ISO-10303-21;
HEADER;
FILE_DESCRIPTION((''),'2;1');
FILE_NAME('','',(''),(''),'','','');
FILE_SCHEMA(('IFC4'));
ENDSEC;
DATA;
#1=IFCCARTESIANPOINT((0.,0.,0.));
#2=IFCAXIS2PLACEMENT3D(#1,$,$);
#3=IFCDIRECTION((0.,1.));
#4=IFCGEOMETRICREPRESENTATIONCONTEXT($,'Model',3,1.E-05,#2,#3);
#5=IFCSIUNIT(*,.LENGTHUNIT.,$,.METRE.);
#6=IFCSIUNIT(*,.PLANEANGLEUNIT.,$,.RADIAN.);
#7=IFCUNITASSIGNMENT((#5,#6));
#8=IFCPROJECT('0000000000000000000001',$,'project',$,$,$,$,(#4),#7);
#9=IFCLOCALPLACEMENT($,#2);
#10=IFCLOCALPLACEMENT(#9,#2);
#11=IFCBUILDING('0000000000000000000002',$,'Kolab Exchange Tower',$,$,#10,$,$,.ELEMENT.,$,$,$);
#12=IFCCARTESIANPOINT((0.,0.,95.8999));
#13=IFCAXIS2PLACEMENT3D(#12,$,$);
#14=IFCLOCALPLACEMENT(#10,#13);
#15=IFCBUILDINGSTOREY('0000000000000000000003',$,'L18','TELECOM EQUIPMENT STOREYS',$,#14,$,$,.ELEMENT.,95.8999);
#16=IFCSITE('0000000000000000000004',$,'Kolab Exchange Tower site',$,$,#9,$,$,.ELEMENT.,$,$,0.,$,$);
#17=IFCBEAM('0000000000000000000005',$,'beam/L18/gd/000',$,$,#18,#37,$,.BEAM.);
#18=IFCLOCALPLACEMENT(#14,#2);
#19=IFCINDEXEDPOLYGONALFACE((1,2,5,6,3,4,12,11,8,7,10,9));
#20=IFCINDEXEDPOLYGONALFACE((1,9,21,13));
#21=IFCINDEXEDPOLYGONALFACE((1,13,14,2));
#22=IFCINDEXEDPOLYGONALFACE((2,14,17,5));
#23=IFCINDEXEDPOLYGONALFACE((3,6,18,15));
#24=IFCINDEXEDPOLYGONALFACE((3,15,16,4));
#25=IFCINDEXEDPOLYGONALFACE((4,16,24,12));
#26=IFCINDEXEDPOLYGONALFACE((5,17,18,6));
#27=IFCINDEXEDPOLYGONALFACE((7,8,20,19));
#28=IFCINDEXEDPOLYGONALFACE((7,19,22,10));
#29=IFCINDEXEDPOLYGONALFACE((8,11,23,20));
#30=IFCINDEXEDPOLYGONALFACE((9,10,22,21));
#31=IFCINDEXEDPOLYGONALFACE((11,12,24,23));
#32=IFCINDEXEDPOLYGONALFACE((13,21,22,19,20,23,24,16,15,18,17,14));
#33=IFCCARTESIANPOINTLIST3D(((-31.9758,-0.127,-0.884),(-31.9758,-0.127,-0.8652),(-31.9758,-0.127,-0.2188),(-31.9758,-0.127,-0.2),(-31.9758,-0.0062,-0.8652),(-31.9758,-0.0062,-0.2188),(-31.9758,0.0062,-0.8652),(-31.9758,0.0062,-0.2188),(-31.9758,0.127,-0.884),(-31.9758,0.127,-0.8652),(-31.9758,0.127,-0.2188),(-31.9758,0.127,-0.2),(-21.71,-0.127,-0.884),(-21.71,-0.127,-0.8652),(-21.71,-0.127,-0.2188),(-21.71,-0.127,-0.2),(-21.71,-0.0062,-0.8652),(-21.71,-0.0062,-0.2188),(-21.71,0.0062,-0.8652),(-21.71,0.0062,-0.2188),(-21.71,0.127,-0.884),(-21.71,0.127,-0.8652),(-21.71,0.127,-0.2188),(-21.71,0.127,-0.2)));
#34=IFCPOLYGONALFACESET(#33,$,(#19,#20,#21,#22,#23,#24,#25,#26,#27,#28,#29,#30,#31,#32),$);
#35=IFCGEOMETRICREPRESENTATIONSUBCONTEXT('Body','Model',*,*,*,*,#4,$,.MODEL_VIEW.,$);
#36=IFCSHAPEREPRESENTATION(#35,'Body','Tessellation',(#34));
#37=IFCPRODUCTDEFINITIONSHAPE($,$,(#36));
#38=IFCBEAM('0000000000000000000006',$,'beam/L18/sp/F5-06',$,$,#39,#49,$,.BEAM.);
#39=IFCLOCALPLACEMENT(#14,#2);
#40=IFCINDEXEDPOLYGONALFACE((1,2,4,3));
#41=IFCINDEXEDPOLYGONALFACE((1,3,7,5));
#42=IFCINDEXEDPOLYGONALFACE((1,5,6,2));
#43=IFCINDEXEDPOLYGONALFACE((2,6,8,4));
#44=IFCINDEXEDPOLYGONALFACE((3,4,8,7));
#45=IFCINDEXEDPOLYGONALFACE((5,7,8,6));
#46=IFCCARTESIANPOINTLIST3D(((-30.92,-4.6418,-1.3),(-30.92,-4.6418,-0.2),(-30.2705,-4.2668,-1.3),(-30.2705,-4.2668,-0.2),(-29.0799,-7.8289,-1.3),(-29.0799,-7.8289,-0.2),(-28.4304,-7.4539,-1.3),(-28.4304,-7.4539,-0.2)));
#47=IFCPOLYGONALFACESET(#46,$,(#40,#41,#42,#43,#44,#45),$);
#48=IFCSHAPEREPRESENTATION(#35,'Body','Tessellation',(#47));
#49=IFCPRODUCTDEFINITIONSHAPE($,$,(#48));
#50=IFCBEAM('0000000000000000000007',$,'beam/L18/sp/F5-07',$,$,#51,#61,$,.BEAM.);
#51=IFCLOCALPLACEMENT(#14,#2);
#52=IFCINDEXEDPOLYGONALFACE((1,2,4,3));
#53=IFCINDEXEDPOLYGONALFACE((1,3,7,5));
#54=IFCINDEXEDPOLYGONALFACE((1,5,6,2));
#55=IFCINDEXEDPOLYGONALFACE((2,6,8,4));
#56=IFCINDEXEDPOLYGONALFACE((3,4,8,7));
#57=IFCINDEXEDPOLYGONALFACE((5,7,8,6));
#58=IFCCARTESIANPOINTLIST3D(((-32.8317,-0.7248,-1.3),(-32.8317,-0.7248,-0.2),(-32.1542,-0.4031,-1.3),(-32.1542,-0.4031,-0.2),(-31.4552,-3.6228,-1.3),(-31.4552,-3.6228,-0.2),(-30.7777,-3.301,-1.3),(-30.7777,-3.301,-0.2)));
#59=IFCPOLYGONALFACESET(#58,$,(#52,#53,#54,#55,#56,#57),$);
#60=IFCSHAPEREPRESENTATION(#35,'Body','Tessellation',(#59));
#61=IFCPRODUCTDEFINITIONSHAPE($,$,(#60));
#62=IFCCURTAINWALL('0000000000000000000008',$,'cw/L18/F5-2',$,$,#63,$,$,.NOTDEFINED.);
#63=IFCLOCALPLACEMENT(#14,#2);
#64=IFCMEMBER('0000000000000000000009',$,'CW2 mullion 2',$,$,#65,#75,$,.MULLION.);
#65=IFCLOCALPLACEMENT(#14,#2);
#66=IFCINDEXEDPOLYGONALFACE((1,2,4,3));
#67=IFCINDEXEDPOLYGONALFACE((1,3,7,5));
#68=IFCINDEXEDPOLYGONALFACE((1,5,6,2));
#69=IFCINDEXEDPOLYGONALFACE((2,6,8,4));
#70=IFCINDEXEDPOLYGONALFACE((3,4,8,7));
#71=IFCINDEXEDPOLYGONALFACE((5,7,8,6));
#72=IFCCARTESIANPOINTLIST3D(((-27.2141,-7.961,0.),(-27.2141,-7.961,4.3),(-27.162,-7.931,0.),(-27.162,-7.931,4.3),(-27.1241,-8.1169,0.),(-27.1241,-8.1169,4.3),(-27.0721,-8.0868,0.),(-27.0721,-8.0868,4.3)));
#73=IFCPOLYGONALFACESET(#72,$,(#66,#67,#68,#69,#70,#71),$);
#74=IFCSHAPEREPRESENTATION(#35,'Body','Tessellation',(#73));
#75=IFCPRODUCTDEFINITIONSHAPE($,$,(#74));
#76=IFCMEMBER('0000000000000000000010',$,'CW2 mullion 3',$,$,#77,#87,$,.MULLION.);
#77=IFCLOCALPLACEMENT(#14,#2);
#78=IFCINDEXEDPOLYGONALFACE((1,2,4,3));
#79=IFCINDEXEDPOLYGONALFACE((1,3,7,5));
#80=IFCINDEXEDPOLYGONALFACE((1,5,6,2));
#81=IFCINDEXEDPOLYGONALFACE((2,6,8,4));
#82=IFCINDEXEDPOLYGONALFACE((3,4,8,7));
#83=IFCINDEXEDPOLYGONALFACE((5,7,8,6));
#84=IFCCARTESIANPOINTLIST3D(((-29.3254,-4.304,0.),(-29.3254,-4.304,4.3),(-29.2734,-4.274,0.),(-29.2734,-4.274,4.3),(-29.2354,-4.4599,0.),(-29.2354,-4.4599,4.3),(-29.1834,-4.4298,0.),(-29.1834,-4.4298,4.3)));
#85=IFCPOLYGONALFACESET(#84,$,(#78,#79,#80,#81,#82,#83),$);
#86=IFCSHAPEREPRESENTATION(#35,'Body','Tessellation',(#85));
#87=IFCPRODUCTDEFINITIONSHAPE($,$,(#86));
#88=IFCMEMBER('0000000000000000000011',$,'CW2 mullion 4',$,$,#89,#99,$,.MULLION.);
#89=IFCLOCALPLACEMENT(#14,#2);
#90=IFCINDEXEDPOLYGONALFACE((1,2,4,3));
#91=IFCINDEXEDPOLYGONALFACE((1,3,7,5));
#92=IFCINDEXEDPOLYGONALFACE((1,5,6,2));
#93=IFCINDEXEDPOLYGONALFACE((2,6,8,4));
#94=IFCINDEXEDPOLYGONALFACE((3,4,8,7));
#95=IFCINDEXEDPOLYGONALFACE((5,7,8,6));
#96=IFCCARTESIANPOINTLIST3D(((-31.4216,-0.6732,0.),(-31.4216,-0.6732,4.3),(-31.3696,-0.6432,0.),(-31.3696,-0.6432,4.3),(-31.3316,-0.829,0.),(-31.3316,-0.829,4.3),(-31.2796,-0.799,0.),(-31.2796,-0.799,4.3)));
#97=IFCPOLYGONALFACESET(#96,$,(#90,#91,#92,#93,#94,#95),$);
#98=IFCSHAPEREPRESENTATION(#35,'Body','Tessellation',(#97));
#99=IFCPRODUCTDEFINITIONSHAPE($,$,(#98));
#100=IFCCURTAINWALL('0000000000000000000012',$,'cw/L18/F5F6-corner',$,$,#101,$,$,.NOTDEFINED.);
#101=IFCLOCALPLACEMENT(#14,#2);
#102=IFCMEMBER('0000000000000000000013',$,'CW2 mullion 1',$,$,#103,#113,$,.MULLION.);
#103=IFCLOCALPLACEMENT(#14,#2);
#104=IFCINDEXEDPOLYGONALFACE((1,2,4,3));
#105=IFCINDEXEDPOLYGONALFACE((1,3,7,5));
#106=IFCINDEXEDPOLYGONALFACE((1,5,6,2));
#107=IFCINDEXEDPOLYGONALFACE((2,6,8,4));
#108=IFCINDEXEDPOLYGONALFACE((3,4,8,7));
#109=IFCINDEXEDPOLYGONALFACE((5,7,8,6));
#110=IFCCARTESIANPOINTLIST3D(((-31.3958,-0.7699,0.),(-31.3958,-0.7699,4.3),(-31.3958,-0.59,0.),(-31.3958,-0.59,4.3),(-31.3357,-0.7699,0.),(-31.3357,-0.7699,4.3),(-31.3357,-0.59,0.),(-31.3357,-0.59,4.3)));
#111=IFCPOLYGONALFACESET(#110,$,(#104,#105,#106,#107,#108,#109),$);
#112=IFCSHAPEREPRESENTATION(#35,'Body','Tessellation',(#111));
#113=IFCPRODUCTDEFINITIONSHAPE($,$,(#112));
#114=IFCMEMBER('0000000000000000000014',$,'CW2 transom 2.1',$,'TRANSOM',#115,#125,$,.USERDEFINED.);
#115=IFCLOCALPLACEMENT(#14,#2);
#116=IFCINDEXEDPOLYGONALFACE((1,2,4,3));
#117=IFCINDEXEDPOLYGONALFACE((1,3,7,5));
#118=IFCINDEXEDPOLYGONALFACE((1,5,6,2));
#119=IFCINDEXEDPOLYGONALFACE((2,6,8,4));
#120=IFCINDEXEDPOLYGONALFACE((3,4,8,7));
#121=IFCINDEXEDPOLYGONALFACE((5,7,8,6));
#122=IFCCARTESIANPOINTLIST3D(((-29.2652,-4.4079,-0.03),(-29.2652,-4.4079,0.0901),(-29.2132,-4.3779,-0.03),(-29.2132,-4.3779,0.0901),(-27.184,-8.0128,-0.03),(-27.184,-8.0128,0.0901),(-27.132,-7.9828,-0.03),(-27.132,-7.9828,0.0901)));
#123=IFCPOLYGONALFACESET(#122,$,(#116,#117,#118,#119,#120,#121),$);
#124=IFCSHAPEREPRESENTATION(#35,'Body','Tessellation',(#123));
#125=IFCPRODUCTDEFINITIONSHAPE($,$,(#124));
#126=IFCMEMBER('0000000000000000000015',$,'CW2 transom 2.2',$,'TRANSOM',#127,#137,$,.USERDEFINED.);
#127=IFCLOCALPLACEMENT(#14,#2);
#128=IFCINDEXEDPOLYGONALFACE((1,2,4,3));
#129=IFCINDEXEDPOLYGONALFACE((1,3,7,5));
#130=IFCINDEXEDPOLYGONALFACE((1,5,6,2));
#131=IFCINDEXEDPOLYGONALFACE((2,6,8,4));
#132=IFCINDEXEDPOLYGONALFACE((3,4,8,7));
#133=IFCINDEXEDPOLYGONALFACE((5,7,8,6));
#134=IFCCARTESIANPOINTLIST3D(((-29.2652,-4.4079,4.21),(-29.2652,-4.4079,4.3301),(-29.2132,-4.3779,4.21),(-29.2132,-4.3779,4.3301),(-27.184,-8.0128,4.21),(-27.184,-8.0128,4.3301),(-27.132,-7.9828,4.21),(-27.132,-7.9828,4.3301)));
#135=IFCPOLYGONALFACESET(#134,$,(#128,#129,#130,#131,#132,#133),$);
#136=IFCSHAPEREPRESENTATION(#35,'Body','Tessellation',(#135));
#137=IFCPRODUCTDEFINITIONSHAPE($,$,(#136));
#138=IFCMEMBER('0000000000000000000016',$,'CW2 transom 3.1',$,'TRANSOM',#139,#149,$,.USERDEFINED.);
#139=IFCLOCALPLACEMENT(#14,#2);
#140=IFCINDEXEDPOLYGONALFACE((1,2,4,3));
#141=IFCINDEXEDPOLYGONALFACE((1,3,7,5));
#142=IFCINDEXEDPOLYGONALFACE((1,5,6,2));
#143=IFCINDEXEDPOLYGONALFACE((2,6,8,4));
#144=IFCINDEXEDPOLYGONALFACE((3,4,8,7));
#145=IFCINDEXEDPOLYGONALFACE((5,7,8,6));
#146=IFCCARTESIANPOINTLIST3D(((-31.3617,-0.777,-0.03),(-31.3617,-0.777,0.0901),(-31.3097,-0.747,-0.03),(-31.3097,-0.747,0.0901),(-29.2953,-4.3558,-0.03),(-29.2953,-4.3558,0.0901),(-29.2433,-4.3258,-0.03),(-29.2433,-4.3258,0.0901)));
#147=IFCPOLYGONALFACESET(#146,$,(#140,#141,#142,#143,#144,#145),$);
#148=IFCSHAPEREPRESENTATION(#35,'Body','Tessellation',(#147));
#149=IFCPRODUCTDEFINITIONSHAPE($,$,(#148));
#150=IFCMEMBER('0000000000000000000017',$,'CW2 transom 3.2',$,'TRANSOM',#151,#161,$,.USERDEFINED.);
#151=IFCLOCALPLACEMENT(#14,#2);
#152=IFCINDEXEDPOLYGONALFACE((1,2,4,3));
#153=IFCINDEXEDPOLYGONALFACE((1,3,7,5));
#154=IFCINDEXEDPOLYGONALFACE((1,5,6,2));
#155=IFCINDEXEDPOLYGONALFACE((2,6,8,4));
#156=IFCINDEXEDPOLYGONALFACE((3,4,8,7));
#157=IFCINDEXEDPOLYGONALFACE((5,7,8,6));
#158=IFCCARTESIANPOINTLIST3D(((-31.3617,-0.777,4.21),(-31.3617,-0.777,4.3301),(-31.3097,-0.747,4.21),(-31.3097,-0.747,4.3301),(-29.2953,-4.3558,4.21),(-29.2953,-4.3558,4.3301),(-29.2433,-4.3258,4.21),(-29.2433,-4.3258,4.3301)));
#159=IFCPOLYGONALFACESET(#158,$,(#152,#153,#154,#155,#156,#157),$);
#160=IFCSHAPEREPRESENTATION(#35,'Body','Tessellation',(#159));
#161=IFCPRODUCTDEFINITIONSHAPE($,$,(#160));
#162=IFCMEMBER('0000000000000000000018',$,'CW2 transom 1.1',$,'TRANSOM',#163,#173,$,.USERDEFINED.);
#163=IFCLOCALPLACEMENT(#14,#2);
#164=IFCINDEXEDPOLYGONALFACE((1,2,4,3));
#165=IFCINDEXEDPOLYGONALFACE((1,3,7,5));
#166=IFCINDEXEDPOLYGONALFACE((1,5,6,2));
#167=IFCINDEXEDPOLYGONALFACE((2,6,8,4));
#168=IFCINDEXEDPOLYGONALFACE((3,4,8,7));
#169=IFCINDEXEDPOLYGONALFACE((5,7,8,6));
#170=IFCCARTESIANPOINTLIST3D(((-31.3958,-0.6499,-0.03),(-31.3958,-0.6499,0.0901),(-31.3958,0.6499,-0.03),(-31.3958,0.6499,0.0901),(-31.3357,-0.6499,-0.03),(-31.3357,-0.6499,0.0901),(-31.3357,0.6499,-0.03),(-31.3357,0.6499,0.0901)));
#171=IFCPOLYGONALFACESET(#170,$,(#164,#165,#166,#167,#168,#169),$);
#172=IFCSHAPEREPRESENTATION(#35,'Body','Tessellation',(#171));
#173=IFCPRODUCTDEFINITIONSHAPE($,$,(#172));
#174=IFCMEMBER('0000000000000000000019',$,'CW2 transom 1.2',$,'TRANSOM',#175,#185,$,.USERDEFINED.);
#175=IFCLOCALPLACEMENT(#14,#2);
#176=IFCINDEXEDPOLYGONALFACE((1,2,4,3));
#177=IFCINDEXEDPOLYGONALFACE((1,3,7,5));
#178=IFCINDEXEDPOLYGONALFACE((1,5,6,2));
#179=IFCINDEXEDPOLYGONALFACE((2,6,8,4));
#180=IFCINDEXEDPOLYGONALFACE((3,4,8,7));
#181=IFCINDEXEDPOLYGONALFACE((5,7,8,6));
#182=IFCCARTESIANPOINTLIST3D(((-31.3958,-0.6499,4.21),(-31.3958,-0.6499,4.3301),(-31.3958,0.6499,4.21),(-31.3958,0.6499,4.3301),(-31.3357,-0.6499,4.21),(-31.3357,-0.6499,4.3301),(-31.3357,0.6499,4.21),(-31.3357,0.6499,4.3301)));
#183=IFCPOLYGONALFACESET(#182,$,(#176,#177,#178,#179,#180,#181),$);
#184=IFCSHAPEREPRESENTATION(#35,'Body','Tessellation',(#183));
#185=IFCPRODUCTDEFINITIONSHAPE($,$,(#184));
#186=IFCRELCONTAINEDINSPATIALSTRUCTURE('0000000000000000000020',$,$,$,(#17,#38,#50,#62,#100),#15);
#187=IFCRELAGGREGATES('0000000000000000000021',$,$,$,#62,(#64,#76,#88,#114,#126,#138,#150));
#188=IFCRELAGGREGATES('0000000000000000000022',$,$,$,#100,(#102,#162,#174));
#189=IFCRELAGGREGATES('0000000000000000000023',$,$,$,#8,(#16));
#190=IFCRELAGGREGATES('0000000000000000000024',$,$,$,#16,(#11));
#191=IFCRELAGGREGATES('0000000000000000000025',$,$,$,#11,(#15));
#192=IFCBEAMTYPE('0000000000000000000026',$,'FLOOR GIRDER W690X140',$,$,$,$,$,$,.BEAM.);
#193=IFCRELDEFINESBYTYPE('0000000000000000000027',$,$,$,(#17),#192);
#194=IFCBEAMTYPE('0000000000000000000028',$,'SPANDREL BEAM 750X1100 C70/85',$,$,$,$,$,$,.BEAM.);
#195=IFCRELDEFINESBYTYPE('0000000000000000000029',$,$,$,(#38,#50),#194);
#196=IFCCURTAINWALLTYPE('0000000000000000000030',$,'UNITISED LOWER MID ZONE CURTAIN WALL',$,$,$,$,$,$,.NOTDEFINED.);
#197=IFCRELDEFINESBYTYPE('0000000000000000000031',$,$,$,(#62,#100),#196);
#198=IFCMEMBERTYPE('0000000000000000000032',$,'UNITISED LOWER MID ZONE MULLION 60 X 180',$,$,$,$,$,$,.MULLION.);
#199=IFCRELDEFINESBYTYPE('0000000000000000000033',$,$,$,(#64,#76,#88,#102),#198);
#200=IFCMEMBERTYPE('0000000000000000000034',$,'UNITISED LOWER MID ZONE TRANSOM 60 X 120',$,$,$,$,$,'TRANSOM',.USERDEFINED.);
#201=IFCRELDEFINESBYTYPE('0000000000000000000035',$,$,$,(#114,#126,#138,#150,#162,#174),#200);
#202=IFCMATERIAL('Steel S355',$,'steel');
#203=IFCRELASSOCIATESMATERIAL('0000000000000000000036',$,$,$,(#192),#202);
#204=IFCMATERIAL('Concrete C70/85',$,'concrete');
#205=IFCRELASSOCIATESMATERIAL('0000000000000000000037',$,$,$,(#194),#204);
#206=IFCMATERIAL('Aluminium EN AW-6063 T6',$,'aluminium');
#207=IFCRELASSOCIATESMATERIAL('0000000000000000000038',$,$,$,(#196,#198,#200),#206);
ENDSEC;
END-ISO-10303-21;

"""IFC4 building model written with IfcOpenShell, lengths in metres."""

from ifc_helpers import new_model, si_unit, direction, frame, origin, origin_2d, place, context, subcontext, project, spatial, rectangle, i_section, extrude, material, material_profile, profile_set, type_object, element, aggregate, save


model = new_model("IFC4")

# Units and contexts
model_context = context("Model", 3, precision=1e-05, world=origin(), true_north=direction((0.0, 1.0)))
body_context = subcontext(model_context, "Body", "Model", "MODEL_VIEW")
ifc_project = project(units=[si_unit("LENGTHUNIT", "METRE"), si_unit("PLANEANGLEUNIT", "RADIAN")], contexts=[model_context])

# Site, building, storey
site_placement = place(None, origin())
site = spatial("IfcSite", under=ifc_project, at=site_placement, Name="Kolab Exchange Tower site", CompositionType="ELEMENT", RefElevation=0.0)
building_placement = place(site_placement, origin())
building = spatial("IfcBuilding", under=site, at=building_placement, Name="Kolab Exchange Tower", CompositionType="ELEMENT")
storey_placement = place(building_placement, frame((0.0, 0.0, 95.8999)))
storey = spatial("IfcBuildingStorey", under=building, at=storey_placement, Name="L18", Description="TELECOM EQUIPMENT STOREYS", CompositionType="ELEMENT", Elevation=95.8999)

# Shared definitions
ifc_material_1 = material(Name="Concrete C70/85", Category="concrete")

# Beams
ifc_material_2 = material(Name="Steel S355", Category="steel")
ifc_material_profile_1 = material_profile(ifc_material_2, i_section(OverallWidth=0.2539, OverallDepth=0.6841, WebThickness=0.0125, FlangeThickness=0.0188, at=origin_2d()), Name="W690X140")
ifc_profile_set_1 = profile_set([ifc_material_profile_1], Name="Steel S355")
beam_type_1 = type_object("IfcBeamType", Name="FLOOR GIRDER W690X140", PredefinedType="BEAM", material=ifc_profile_set_1)
beam_1_placement = place(storey_placement, frame((-31.9758, 0.0, -0.542), z_axis=(1.0, 0.0, 0.0), x_axis=(0.0, 1.0, 0.0)))
element("IfcBeam", 1, at=beam_1_placement, inside=storey, type_object=beam_type_1, Name="beam/L18/gd/000", PredefinedType="BEAM", context=body_context, shape_type="SweptSolid", body=[
    extrude(i_section(OverallWidth=0.2539, OverallDepth=0.6841, WebThickness=0.0125, FlangeThickness=0.0188, at=origin_2d()), origin(), (0.0, 0.0, 1.0), 10.2659),
])
ifc_material_profile_2 = material_profile(ifc_material_1, rectangle(XDim=0.75, YDim=1.1001, at=origin_2d()), Name="RC750X1100")
ifc_profile_set_2 = profile_set([ifc_material_profile_2], Name="Concrete C70/85")
beam_type_2 = type_object("IfcBeamType", Name="SPANDREL BEAM 750X1100 C70/85", PredefinedType="BEAM", material=ifc_profile_set_2)
beam_2_placement = place(storey_placement, frame((-28.7551, -7.6414, -0.75), z_axis=(-0.500013, 0.866018, 0.0), x_axis=(-0.866018, -0.500013, 0.0)))
element("IfcBeam", 2, at=beam_2_placement, inside=storey, type_object=beam_type_2, Name="beam/L18/sp/F5-06", PredefinedType="BEAM", context=body_context, shape_type="SweptSolid", body=[
    extrude(rectangle(XDim=0.75, YDim=1.1001, at=origin_2d()), origin(), (0.0, 0.0, 1.0), 3.6802),
])
beam_3_placement = place(storey_placement, frame((-31.1165, -3.4619, -0.75), z_axis=(-0.429041, 0.903285, 0.0), x_axis=(-0.903285, -0.429041, 0.0)))
element("IfcBeam", 3, at=beam_3_placement, inside=storey, type_object=beam_type_2, Name="beam/L18/sp/F5-07", PredefinedType="BEAM", context=body_context, shape_type="SweptSolid", body=[
    extrude(rectangle(XDim=0.75, YDim=1.1001, at=origin_2d()), origin(), (0.0, 0.0, 1.0), 3.2083),
])

# Curtain wall, members
ifc_material_3 = material(Name="Aluminium EN AW-6063 T6", Category="aluminium")
curtain_wall_type = type_object("IfcCurtainWallType", Name="UNITISED LOWER MID ZONE CURTAIN WALL", PredefinedType="NOTDEFINED", material=ifc_material_3)
curtain_wall_1_placement = place(storey_placement, origin())
curtain_wall_1 = element("IfcCurtainWall", 4, at=curtain_wall_1_placement, inside=storey, type_object=curtain_wall_type, Name="cw/L18/F5-2", PredefinedType="NOTDEFINED")
ifc_material_profile_3 = material_profile(ifc_material_3, rectangle(XDim=0.0601, YDim=0.1799, at=origin_2d()), Name="RECT 60X180")
ifc_profile_set_3 = profile_set([ifc_material_profile_3], Name="Aluminium EN AW-6063 T6")
member_type_1 = type_object("IfcMemberType", Name="UNITISED LOWER MID ZONE MULLION 60 X 180", PredefinedType="MULLION", material=ifc_profile_set_3)
member_1_placement = place(storey_placement, frame((-27.1431, -8.0239, 0.0), z_axis=(0.0, 0.0, 1.0), x_axis=(-0.866025, -0.5, 0.0)))
member_1 = element("IfcMember", 5, at=member_1_placement, type_object=member_type_1, Name="CW2 mullion 2", PredefinedType="MULLION", context=body_context, shape_type="SweptSolid", body=[
    extrude(rectangle(XDim=0.0601, YDim=0.1799, at=origin_2d()), origin(), (0.0, 0.0, 1.0), 4.3),
])
member_2_placement = place(storey_placement, frame((-29.2544, -4.3669, 0.0), z_axis=(0.0, 0.0, 1.0), x_axis=(-0.866025, -0.5, 0.0)))
member_2 = element("IfcMember", 6, at=member_2_placement, type_object=member_type_1, Name="CW2 mullion 3", PredefinedType="MULLION", context=body_context, shape_type="SweptSolid", body=[
    extrude(rectangle(XDim=0.0601, YDim=0.1799, at=origin_2d()), origin(), (0.0, 0.0, 1.0), 4.3),
])
member_3_placement = place(storey_placement, frame((-31.3506, -0.7361, 0.0), z_axis=(0.0, 0.0, 1.0), x_axis=(-0.866025, -0.5, 0.0)))
member_3 = element("IfcMember", 7, at=member_3_placement, type_object=member_type_1, Name="CW2 mullion 4", PredefinedType="MULLION", context=body_context, shape_type="SweptSolid", body=[
    extrude(rectangle(XDim=0.0601, YDim=0.1799, at=origin_2d()), origin(), (0.0, 0.0, 1.0), 4.3),
])

# Curtain wall, member
curtain_wall_2_placement = place(storey_placement, origin())
curtain_wall_2 = element("IfcCurtainWall", 8, at=curtain_wall_2_placement, inside=storey, type_object=curtain_wall_type, Name="cw/L18/F5F6-corner", PredefinedType="NOTDEFINED")
member_4_placement = place(storey_placement, frame((-31.3657, -0.6799, 0.0), z_axis=(0.0, 0.0, 1.0), x_axis=(-1.0, 0.0, 0.0)))
member_4 = element("IfcMember", 9, at=member_4_placement, type_object=member_type_1, Name="CW2 mullion 1", PredefinedType="MULLION", context=body_context, shape_type="SweptSolid", body=[
    extrude(rectangle(XDim=0.0601, YDim=0.1799, at=origin_2d()), origin(), (0.0, 0.0, 1.0), 4.3),
])

# Members
ifc_material_profile_4 = material_profile(ifc_material_3, rectangle(XDim=0.0601, YDim=0.1201, at=origin_2d()), Name="RECT 60X120")
ifc_profile_set_4 = profile_set([ifc_material_profile_4], Name="Aluminium EN AW-6063 T6")
member_type_2 = type_object("IfcMemberType", Name="UNITISED LOWER MID ZONE TRANSOM 60 X 120", ElementType="TRANSOM", PredefinedType="USERDEFINED", material=ifc_profile_set_4)
member_5_placement = place(storey_placement, frame((-27.158, -7.9978, 0.03), z_axis=(-0.499993, 0.866029, 0.0), x_axis=(-0.866029, -0.499993, 0.0)))
member_5 = element("IfcMember", 10, at=member_5_placement, type_object=member_type_2, Name="CW2 transom 2.1", ObjectType="TRANSOM", PredefinedType="USERDEFINED", context=body_context, shape_type="SweptSolid", body=[
    extrude(rectangle(XDim=0.0601, YDim=0.1201, at=origin_2d()), origin(), (0.0, 0.0, 1.0), 4.1626),
])
member_6_placement = place(storey_placement, frame((-27.158, -7.9978, 4.27), z_axis=(-0.499993, 0.866029, 0.0), x_axis=(-0.866029, -0.499993, 0.0)))
member_6 = element("IfcMember", 11, at=member_6_placement, type_object=member_type_2, Name="CW2 transom 2.2", ObjectType="TRANSOM", PredefinedType="USERDEFINED", context=body_context, shape_type="SweptSolid", body=[
    extrude(rectangle(XDim=0.0601, YDim=0.1201, at=origin_2d()), origin(), (0.0, 0.0, 1.0), 4.1626),
])
member_7_placement = place(storey_placement, frame((-29.2693, -4.3408, 0.03), z_axis=(-0.500028, 0.866009, 0.0), x_axis=(-0.866009, -0.500028, 0.0)))
member_7 = element("IfcMember", 12, at=member_7_placement, type_object=member_type_2, Name="CW2 transom 3.1", ObjectType="TRANSOM", PredefinedType="USERDEFINED", context=body_context, shape_type="SweptSolid", body=[
    extrude(rectangle(XDim=0.0601, YDim=0.1201, at=origin_2d()), origin(), (0.0, 0.0, 1.0), 4.1326),
])
member_8_placement = place(storey_placement, frame((-29.2693, -4.3408, 4.27), z_axis=(-0.500028, 0.866009, 0.0), x_axis=(-0.866009, -0.500028, 0.0)))
member_8 = element("IfcMember", 13, at=member_8_placement, type_object=member_type_2, Name="CW2 transom 3.2", ObjectType="TRANSOM", PredefinedType="USERDEFINED", context=body_context, shape_type="SweptSolid", body=[
    extrude(rectangle(XDim=0.0601, YDim=0.1201, at=origin_2d()), origin(), (0.0, 0.0, 1.0), 4.1326),
])
member_9_placement = place(storey_placement, frame((-31.3657, -0.6499, 0.03), z_axis=(0.0, 1.0, 0.0), x_axis=(-1.0, 0.0, 0.0)))
member_9 = element("IfcMember", 14, at=member_9_placement, type_object=member_type_2, Name="CW2 transom 1.1", ObjectType="TRANSOM", PredefinedType="USERDEFINED", context=body_context, shape_type="SweptSolid", body=[
    extrude(rectangle(XDim=0.0601, YDim=0.1201, at=origin_2d()), origin(), (0.0, 0.0, 1.0), 1.2998),
])
member_10_placement = place(storey_placement, frame((-31.3657, -0.6499, 4.27), z_axis=(0.0, 1.0, 0.0), x_axis=(-1.0, 0.0, 0.0)))
member_10 = element("IfcMember", 15, at=member_10_placement, type_object=member_type_2, Name="CW2 transom 1.2", ObjectType="TRANSOM", PredefinedType="USERDEFINED", context=body_context, shape_type="SweptSolid", body=[
    extrude(rectangle(XDim=0.0601, YDim=0.1201, at=origin_2d()), origin(), (0.0, 0.0, 1.0), 1.2998),
])

aggregate(curtain_wall_1, [member_1, member_2, member_3, member_5, member_6, member_7, member_8])
aggregate(curtain_wall_2, [member_4, member_9, member_10])

save(model, "model.ifc")
